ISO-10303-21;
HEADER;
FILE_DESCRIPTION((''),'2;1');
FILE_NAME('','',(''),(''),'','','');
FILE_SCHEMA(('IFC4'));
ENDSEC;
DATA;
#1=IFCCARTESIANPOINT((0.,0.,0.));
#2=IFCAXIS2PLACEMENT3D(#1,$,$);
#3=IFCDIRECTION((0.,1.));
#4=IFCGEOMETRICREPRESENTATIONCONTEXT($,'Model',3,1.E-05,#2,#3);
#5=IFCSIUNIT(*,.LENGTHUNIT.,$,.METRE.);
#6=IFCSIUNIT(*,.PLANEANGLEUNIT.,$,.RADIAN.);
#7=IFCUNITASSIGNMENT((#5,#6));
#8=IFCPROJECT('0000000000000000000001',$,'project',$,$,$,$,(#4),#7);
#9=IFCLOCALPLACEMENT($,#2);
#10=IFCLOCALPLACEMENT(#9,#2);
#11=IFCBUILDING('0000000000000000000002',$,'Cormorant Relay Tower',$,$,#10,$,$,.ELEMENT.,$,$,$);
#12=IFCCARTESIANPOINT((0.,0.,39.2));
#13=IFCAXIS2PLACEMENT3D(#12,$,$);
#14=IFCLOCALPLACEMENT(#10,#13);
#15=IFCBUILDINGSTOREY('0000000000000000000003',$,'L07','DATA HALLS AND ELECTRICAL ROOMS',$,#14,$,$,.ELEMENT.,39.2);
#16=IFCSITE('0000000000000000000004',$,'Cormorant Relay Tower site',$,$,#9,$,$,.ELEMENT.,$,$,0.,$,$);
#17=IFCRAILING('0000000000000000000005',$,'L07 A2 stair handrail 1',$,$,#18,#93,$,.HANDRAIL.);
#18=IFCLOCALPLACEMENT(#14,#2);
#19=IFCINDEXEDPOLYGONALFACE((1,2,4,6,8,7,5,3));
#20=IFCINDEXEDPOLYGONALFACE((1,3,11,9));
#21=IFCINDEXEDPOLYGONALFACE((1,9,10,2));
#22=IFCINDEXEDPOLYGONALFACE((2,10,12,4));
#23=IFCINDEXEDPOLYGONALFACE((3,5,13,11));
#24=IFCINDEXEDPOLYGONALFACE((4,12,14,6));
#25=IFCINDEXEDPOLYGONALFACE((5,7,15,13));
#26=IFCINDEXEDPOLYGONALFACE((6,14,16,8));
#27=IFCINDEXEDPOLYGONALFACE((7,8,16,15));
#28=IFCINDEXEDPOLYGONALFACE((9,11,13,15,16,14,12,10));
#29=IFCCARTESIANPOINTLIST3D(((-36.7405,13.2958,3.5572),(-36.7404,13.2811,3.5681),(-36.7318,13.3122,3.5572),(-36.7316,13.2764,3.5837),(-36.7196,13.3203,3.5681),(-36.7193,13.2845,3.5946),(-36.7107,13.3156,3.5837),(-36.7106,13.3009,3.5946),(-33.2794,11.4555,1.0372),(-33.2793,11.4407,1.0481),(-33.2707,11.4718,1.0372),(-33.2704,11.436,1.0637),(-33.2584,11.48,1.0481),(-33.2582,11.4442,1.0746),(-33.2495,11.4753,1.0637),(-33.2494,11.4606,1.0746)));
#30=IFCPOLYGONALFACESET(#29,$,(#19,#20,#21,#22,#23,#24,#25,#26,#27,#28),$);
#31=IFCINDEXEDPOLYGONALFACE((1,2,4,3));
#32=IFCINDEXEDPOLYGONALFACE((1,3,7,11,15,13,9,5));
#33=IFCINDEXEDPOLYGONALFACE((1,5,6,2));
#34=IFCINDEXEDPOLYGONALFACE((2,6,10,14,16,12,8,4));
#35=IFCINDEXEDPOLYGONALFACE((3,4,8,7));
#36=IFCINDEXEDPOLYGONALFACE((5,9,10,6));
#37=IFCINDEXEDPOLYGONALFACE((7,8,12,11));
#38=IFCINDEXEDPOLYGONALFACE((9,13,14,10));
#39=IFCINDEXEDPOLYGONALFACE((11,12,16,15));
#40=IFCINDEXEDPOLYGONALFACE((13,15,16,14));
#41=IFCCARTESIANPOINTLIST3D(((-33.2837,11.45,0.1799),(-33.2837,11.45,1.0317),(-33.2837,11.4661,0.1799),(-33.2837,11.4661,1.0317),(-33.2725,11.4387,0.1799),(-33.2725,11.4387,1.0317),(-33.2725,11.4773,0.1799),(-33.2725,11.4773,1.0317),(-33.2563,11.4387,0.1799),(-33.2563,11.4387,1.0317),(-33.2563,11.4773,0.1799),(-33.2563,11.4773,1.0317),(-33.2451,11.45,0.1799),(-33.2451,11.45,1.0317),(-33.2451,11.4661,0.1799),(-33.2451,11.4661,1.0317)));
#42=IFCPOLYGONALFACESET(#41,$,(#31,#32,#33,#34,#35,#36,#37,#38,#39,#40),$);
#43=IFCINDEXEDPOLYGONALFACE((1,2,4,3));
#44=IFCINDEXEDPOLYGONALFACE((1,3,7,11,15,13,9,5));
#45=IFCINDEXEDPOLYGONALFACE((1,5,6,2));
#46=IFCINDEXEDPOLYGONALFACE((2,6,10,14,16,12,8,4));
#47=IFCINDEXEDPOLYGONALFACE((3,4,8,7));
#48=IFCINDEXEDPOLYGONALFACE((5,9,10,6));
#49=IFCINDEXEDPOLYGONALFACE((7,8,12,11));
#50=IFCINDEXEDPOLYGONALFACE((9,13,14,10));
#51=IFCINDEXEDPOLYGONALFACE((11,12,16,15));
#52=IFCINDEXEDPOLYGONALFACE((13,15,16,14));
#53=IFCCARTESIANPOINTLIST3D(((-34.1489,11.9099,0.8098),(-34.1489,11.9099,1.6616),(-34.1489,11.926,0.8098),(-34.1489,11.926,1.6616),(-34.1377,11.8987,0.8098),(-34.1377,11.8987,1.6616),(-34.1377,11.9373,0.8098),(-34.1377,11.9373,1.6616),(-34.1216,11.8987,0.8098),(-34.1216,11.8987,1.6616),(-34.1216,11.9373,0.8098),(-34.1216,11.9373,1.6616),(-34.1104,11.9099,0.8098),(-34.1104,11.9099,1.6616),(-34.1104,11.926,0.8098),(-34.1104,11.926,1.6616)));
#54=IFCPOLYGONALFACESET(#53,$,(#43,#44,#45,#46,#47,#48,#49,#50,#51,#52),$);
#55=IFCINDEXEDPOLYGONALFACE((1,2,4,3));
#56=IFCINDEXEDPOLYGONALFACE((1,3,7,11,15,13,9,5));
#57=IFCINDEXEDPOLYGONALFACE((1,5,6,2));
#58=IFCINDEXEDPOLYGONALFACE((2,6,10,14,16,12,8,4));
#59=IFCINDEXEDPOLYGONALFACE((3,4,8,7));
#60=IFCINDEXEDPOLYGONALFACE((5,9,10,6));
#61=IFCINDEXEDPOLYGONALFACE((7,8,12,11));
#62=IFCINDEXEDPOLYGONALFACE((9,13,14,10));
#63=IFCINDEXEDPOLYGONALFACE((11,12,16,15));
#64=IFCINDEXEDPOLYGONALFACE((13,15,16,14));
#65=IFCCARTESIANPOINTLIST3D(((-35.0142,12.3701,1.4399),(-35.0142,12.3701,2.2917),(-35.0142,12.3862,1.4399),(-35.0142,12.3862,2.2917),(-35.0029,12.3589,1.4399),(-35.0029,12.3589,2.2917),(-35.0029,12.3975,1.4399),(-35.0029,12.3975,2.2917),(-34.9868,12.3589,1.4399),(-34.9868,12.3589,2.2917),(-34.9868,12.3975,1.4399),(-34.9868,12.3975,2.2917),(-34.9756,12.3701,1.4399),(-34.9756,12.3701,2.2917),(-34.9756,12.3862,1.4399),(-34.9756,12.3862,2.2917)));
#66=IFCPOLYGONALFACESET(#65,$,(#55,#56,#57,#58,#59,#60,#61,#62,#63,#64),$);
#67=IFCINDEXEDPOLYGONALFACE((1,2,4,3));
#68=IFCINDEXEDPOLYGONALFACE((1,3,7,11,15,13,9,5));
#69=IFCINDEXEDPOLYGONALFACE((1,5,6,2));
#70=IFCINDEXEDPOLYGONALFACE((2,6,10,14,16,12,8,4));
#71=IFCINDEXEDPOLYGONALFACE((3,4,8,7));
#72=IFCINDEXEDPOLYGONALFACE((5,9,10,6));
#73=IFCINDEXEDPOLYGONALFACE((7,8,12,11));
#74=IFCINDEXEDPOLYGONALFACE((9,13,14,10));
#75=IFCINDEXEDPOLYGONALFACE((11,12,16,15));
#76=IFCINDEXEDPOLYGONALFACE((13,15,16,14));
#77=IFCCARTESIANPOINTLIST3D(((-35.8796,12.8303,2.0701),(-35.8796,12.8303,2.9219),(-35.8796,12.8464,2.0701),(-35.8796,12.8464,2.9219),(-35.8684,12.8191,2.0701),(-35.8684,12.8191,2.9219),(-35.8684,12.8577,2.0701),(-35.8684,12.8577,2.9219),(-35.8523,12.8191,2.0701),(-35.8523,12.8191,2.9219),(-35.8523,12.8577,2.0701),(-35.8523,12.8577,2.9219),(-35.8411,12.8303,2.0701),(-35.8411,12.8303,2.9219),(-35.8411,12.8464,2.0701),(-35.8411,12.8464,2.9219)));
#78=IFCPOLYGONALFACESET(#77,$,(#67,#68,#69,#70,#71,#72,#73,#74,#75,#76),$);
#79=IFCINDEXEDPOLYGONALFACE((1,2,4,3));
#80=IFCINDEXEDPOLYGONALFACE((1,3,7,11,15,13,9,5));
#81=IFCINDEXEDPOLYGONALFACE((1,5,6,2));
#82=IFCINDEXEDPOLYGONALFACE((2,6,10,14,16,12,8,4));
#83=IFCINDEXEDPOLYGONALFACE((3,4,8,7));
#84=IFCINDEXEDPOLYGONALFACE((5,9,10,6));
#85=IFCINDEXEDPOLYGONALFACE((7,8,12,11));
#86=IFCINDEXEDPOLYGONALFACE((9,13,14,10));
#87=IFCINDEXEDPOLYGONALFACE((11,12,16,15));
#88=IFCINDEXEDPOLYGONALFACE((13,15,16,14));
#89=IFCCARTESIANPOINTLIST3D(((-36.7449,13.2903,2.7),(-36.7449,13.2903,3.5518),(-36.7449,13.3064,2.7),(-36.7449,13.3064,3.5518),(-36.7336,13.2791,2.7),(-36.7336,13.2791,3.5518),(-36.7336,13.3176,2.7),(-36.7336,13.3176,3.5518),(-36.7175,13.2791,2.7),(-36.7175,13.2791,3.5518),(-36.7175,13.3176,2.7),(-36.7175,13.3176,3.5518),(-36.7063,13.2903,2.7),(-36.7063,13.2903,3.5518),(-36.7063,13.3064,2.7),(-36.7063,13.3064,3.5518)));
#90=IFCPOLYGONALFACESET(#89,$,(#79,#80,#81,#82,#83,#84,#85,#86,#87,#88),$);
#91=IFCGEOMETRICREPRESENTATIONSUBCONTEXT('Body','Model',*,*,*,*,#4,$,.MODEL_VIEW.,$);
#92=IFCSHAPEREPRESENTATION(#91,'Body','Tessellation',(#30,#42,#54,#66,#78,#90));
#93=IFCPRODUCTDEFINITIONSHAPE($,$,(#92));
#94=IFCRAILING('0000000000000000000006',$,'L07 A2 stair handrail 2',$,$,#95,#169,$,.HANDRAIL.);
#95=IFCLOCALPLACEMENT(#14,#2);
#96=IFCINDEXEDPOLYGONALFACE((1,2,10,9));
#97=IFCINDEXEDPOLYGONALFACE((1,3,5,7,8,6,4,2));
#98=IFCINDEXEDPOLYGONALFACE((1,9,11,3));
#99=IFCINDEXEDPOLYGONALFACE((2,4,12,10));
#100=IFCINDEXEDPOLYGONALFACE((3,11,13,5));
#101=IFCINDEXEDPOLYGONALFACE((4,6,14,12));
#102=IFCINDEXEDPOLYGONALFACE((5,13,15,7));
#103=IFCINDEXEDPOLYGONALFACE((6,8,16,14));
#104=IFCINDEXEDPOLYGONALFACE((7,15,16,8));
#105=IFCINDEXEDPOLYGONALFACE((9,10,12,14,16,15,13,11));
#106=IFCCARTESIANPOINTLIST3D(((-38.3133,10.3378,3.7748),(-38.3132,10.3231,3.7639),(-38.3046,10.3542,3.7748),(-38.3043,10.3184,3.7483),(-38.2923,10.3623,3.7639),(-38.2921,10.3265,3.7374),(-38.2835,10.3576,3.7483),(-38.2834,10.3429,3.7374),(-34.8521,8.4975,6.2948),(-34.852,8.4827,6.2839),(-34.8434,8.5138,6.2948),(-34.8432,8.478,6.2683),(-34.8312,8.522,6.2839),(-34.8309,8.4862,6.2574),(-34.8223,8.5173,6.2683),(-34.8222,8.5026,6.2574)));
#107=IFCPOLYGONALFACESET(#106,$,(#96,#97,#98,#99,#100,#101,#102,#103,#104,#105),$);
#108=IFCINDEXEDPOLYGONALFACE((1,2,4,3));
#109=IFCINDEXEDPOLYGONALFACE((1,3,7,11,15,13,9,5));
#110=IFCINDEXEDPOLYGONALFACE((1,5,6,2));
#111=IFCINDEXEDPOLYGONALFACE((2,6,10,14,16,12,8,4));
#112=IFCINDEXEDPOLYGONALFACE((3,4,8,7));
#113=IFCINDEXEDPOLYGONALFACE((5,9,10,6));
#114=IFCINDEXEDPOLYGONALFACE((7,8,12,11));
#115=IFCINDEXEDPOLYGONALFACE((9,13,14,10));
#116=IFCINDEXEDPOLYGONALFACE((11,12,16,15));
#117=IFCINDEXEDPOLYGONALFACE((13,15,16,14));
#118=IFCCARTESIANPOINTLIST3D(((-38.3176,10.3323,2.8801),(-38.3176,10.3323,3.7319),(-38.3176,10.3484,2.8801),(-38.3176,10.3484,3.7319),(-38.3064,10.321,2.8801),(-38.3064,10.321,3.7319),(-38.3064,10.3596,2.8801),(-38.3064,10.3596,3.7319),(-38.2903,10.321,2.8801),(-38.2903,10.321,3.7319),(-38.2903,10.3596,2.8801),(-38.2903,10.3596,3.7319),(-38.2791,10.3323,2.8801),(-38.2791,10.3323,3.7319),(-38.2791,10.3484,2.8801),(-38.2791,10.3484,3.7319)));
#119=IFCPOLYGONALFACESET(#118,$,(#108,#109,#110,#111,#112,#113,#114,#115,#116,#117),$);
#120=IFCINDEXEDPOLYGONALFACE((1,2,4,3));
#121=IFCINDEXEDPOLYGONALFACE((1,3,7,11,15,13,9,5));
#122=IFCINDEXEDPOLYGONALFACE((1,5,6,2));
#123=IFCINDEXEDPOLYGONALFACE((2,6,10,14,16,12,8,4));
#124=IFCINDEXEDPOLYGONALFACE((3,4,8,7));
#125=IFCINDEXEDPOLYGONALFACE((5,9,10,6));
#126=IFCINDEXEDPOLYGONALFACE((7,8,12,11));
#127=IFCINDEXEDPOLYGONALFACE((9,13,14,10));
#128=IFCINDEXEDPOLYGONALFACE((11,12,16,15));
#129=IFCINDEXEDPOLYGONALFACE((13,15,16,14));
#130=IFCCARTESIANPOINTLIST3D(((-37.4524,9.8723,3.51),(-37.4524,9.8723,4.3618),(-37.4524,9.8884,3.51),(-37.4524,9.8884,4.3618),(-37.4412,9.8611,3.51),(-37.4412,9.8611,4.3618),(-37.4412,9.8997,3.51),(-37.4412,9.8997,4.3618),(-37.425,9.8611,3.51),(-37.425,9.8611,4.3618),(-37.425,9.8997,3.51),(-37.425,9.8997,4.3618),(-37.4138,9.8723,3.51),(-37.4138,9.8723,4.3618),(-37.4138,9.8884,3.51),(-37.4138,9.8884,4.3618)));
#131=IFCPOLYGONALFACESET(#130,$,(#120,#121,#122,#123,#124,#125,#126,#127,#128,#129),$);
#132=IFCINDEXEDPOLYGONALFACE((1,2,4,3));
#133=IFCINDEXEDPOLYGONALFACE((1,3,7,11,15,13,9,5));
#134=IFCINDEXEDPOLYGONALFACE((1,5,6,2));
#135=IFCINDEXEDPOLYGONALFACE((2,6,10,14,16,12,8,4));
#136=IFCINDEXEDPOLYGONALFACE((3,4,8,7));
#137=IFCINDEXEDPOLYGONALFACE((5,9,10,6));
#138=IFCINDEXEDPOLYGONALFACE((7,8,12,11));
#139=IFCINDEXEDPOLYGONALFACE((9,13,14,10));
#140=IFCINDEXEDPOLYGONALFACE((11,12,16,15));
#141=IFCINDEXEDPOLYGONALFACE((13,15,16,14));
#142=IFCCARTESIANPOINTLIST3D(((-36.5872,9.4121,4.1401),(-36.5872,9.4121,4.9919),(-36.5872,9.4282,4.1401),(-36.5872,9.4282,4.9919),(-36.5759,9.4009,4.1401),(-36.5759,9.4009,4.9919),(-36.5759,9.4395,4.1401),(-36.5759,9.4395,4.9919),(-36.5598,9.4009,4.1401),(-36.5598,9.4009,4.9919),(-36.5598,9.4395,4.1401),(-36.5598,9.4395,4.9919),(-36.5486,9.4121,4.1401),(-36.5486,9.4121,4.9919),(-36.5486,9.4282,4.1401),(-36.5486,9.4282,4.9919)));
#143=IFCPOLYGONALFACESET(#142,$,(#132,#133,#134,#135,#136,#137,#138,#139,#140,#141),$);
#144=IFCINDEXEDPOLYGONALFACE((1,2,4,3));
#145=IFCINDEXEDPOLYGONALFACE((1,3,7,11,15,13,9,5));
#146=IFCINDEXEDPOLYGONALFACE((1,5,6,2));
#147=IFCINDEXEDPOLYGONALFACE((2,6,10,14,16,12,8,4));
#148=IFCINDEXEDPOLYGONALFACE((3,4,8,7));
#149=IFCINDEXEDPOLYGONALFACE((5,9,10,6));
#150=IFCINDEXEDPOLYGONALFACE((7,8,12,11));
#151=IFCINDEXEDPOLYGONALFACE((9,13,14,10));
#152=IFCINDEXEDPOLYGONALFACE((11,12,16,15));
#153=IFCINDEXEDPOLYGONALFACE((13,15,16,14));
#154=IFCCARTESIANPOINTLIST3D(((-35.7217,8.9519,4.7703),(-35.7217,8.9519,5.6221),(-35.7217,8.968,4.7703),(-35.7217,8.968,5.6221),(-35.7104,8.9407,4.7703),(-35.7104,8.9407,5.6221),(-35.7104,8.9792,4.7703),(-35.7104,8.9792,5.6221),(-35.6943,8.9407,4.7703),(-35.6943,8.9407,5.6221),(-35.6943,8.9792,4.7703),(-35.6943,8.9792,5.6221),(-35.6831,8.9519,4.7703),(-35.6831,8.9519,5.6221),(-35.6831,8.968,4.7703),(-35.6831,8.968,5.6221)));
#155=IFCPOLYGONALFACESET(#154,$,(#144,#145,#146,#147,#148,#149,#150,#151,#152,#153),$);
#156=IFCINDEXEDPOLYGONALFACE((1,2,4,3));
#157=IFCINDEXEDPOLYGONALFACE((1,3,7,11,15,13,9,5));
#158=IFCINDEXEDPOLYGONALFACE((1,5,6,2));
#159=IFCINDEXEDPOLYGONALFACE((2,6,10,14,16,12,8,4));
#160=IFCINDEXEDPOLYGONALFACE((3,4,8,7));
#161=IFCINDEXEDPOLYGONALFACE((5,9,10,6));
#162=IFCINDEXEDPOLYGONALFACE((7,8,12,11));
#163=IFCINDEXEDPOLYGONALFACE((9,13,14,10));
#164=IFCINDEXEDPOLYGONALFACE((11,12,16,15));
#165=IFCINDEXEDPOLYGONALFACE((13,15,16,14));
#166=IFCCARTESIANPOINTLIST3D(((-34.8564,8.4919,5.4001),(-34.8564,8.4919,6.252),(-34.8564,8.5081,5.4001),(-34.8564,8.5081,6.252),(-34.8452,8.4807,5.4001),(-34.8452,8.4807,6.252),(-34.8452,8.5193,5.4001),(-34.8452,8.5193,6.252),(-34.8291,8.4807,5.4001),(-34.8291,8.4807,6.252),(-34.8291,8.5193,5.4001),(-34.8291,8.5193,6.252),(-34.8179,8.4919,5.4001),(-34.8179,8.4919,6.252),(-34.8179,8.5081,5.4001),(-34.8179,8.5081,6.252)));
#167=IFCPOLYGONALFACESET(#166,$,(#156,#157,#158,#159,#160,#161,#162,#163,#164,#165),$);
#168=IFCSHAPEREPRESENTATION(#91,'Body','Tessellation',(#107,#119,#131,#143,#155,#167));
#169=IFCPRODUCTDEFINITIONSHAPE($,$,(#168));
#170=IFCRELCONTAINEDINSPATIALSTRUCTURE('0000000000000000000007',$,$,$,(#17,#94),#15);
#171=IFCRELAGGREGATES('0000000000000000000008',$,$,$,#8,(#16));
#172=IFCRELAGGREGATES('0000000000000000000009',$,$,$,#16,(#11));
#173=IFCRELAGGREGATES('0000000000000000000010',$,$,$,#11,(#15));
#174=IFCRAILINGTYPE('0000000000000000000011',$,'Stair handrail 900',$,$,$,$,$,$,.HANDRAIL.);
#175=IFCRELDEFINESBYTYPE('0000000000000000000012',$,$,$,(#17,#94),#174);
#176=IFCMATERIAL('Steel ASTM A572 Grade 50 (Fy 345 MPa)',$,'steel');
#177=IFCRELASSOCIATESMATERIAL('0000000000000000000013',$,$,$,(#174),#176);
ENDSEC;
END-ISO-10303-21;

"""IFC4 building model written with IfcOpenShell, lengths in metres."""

from ifc_helpers import new_model, si_unit, direction, frame, origin, place, context, subcontext, project, spatial, polyline, outline, extrude, material, type_object, element, save


model = new_model("IFC4")

# Units and contexts
model_context = context("Model", 3, precision=1e-05, world=origin(), true_north=direction((0.0, 1.0)))
body_context = subcontext(model_context, "Body", "Model", "MODEL_VIEW")
ifc_project = project(units=[si_unit("LENGTHUNIT", "METRE"), si_unit("PLANEANGLEUNIT", "RADIAN")], contexts=[model_context])

# Site, building, storey
site_placement = place(None, origin())
site = spatial("IfcSite", under=ifc_project, at=site_placement, Name="Cormorant Relay Tower site", CompositionType="ELEMENT", RefElevation=0.0)
building_placement = place(site_placement, origin())
building = spatial("IfcBuilding", under=site, at=building_placement, Name="Cormorant Relay Tower", CompositionType="ELEMENT")
storey_placement = place(building_placement, frame((0.0, 0.0, 39.2)))
storey = spatial("IfcBuildingStorey", under=building, at=storey_placement, Name="L07", Description="DATA HALLS AND ELECTRICAL ROOMS", CompositionType="ELEMENT", Elevation=39.2)

# Railings
ifc_material_1 = material(Name="Steel ASTM A572 Grade 50 (Fy 345 MPa)", Category="steel")
railing_type_1 = type_object("IfcRailingType", Name="Stair handrail 900", PredefinedType="HANDRAIL", material=ifc_material_1)
railing_1_placement = place(storey_placement, frame((-33.2644, 11.458, 0.1799)))
element("IfcRailing", 1, at=railing_1_placement, inside=storey, type_object=railing_type_1, Name="L07 A2 stair handrail 1", PredefinedType="HANDRAIL", context=body_context, shape_type="SweptSolid", body=[
    extrude(outline(polyline([(0.0222, 0.0093), (0.0093, 0.0222), (-0.0093, 0.0222), (-0.0222, 0.0093), (-0.0222, -0.0093), (-0.0093, -0.0222), (0.0093, -0.0222), (0.0222, -0.0093), (0.0222, 0.0093)])), frame((0.0, 0.0, 0.876), z_axis=(-0.742717, 0.394907, 0.540758), x_axis=(-0.469469, -0.882949, 0.0)), (0.0, 0.0, 1.0), 4.6602),
    extrude(outline(polyline([(0.0193, 0.0081), (0.0081, 0.0193), (-0.0081, 0.0193), (-0.0193, 0.0081), (-0.0193, -0.0081), (-0.0081, -0.0193), (0.0081, -0.0193), (0.0193, -0.0081), (0.0193, 0.0081)])), origin(), (0.0, 0.0, 1.0), 0.8518),
    extrude(outline(polyline([(0.0193, 0.0081), (0.0081, 0.0193), (-0.0081, 0.0193), (-0.0193, 0.0081), (-0.0193, -0.0081), (-0.0081, -0.0193), (0.0081, -0.0193), (0.0193, -0.0081), (0.0193, 0.0081)])), frame((-0.8652, 0.46, 0.6299)), (0.0, 0.0, 1.0), 0.8518),
    extrude(outline(polyline([(0.0193, 0.0081), (0.0081, 0.0193), (-0.0081, 0.0193), (-0.0193, 0.0081), (-0.0193, -0.0081), (-0.0081, -0.0193), (0.0081, -0.0193), (0.0193, -0.0081), (0.0193, 0.0081)])), frame((-1.7305, 0.9202, 1.26)), (0.0, 0.0, 1.0), 0.8518),
    extrude(outline(polyline([(0.0193, 0.0081), (0.0081, 0.0193), (-0.0081, 0.0193), (-0.0193, 0.0081), (-0.0193, -0.0081), (-0.0081, -0.0193), (0.0081, -0.0193), (0.0193, -0.0081), (0.0193, 0.0081)])), frame((-2.5959, 1.3804, 1.8901)), (0.0, 0.0, 1.0), 0.8518),
    extrude(outline(polyline([(0.0193, 0.0081), (0.0081, 0.0193), (-0.0081, 0.0193), (-0.0193, 0.0081), (-0.0193, -0.0081), (-0.0081, -0.0193), (0.0081, -0.0193), (0.0193, -0.0081), (0.0193, 0.0081)])), frame((-3.4612, 1.8403, 2.52)), (0.0, 0.0, 1.0), 0.8518),
])
railing_2_placement = place(storey_placement, frame((-38.2983, 10.3403, 2.8801)))
element("IfcRailing", 2, at=railing_2_placement, inside=storey, type_object=railing_type_1, Name="L07 A2 stair handrail 2", PredefinedType="HANDRAIL", context=body_context, shape_type="SweptSolid", body=[
    extrude(outline(polyline([(0.0222, 0.0093), (0.0093, 0.0222), (-0.0093, 0.0222), (-0.0222, 0.0093), (-0.0222, -0.0093), (-0.0093, -0.0222), (0.0093, -0.0222), (0.0222, -0.0093), (0.0222, 0.0093)])), frame((0.0, 0.0, 0.876), z_axis=(0.742717, -0.394907, 0.540758), x_axis=(0.469469, 0.882949, 0.0)), (0.0, 0.0, 1.0), 4.6602),
    extrude(outline(polyline([(0.0193, 0.0081), (0.0081, 0.0193), (-0.0081, 0.0193), (-0.0193, 0.0081), (-0.0193, -0.0081), (-0.0081, -0.0193), (0.0081, -0.0193), (0.0193, -0.0081), (0.0193, 0.0081)])), origin(), (0.0, 0.0, 1.0), 0.8518),
    extrude(outline(polyline([(0.0193, 0.0081), (0.0081, 0.0193), (-0.0081, 0.0193), (-0.0193, 0.0081), (-0.0193, -0.0081), (-0.0081, -0.0193), (0.0081, -0.0193), (0.0193, -0.0081), (0.0193, 0.0081)])), frame((0.8652, -0.46, 0.6299)), (0.0, 0.0, 1.0), 0.8518),
    extrude(outline(polyline([(0.0193, 0.0081), (0.0081, 0.0193), (-0.0081, 0.0193), (-0.0193, 0.0081), (-0.0193, -0.0081), (-0.0081, -0.0193), (0.0081, -0.0193), (0.0193, -0.0081), (0.0193, 0.0081)])), frame((1.7305, -0.9202, 1.26)), (0.0, 0.0, 1.0), 0.8518),
    extrude(outline(polyline([(0.0193, 0.0081), (0.0081, 0.0193), (-0.0081, 0.0193), (-0.0193, 0.0081), (-0.0193, -0.0081), (-0.0081, -0.0193), (0.0081, -0.0193), (0.0193, -0.0081), (0.0193, 0.0081)])), frame((2.5959, -1.3804, 1.8901)), (0.0, 0.0, 1.0), 0.8518),
    extrude(outline(polyline([(0.0193, 0.0081), (0.0081, 0.0193), (-0.0081, 0.0193), (-0.0193, 0.0081), (-0.0193, -0.0081), (-0.0081, -0.0193), (0.0081, -0.0193), (0.0193, -0.0081), (0.0193, 0.0081)])), frame((3.4612, -1.8403, 2.52)), (0.0, 0.0, 1.0), 0.8518),
])

save(model, "model.ifc")
